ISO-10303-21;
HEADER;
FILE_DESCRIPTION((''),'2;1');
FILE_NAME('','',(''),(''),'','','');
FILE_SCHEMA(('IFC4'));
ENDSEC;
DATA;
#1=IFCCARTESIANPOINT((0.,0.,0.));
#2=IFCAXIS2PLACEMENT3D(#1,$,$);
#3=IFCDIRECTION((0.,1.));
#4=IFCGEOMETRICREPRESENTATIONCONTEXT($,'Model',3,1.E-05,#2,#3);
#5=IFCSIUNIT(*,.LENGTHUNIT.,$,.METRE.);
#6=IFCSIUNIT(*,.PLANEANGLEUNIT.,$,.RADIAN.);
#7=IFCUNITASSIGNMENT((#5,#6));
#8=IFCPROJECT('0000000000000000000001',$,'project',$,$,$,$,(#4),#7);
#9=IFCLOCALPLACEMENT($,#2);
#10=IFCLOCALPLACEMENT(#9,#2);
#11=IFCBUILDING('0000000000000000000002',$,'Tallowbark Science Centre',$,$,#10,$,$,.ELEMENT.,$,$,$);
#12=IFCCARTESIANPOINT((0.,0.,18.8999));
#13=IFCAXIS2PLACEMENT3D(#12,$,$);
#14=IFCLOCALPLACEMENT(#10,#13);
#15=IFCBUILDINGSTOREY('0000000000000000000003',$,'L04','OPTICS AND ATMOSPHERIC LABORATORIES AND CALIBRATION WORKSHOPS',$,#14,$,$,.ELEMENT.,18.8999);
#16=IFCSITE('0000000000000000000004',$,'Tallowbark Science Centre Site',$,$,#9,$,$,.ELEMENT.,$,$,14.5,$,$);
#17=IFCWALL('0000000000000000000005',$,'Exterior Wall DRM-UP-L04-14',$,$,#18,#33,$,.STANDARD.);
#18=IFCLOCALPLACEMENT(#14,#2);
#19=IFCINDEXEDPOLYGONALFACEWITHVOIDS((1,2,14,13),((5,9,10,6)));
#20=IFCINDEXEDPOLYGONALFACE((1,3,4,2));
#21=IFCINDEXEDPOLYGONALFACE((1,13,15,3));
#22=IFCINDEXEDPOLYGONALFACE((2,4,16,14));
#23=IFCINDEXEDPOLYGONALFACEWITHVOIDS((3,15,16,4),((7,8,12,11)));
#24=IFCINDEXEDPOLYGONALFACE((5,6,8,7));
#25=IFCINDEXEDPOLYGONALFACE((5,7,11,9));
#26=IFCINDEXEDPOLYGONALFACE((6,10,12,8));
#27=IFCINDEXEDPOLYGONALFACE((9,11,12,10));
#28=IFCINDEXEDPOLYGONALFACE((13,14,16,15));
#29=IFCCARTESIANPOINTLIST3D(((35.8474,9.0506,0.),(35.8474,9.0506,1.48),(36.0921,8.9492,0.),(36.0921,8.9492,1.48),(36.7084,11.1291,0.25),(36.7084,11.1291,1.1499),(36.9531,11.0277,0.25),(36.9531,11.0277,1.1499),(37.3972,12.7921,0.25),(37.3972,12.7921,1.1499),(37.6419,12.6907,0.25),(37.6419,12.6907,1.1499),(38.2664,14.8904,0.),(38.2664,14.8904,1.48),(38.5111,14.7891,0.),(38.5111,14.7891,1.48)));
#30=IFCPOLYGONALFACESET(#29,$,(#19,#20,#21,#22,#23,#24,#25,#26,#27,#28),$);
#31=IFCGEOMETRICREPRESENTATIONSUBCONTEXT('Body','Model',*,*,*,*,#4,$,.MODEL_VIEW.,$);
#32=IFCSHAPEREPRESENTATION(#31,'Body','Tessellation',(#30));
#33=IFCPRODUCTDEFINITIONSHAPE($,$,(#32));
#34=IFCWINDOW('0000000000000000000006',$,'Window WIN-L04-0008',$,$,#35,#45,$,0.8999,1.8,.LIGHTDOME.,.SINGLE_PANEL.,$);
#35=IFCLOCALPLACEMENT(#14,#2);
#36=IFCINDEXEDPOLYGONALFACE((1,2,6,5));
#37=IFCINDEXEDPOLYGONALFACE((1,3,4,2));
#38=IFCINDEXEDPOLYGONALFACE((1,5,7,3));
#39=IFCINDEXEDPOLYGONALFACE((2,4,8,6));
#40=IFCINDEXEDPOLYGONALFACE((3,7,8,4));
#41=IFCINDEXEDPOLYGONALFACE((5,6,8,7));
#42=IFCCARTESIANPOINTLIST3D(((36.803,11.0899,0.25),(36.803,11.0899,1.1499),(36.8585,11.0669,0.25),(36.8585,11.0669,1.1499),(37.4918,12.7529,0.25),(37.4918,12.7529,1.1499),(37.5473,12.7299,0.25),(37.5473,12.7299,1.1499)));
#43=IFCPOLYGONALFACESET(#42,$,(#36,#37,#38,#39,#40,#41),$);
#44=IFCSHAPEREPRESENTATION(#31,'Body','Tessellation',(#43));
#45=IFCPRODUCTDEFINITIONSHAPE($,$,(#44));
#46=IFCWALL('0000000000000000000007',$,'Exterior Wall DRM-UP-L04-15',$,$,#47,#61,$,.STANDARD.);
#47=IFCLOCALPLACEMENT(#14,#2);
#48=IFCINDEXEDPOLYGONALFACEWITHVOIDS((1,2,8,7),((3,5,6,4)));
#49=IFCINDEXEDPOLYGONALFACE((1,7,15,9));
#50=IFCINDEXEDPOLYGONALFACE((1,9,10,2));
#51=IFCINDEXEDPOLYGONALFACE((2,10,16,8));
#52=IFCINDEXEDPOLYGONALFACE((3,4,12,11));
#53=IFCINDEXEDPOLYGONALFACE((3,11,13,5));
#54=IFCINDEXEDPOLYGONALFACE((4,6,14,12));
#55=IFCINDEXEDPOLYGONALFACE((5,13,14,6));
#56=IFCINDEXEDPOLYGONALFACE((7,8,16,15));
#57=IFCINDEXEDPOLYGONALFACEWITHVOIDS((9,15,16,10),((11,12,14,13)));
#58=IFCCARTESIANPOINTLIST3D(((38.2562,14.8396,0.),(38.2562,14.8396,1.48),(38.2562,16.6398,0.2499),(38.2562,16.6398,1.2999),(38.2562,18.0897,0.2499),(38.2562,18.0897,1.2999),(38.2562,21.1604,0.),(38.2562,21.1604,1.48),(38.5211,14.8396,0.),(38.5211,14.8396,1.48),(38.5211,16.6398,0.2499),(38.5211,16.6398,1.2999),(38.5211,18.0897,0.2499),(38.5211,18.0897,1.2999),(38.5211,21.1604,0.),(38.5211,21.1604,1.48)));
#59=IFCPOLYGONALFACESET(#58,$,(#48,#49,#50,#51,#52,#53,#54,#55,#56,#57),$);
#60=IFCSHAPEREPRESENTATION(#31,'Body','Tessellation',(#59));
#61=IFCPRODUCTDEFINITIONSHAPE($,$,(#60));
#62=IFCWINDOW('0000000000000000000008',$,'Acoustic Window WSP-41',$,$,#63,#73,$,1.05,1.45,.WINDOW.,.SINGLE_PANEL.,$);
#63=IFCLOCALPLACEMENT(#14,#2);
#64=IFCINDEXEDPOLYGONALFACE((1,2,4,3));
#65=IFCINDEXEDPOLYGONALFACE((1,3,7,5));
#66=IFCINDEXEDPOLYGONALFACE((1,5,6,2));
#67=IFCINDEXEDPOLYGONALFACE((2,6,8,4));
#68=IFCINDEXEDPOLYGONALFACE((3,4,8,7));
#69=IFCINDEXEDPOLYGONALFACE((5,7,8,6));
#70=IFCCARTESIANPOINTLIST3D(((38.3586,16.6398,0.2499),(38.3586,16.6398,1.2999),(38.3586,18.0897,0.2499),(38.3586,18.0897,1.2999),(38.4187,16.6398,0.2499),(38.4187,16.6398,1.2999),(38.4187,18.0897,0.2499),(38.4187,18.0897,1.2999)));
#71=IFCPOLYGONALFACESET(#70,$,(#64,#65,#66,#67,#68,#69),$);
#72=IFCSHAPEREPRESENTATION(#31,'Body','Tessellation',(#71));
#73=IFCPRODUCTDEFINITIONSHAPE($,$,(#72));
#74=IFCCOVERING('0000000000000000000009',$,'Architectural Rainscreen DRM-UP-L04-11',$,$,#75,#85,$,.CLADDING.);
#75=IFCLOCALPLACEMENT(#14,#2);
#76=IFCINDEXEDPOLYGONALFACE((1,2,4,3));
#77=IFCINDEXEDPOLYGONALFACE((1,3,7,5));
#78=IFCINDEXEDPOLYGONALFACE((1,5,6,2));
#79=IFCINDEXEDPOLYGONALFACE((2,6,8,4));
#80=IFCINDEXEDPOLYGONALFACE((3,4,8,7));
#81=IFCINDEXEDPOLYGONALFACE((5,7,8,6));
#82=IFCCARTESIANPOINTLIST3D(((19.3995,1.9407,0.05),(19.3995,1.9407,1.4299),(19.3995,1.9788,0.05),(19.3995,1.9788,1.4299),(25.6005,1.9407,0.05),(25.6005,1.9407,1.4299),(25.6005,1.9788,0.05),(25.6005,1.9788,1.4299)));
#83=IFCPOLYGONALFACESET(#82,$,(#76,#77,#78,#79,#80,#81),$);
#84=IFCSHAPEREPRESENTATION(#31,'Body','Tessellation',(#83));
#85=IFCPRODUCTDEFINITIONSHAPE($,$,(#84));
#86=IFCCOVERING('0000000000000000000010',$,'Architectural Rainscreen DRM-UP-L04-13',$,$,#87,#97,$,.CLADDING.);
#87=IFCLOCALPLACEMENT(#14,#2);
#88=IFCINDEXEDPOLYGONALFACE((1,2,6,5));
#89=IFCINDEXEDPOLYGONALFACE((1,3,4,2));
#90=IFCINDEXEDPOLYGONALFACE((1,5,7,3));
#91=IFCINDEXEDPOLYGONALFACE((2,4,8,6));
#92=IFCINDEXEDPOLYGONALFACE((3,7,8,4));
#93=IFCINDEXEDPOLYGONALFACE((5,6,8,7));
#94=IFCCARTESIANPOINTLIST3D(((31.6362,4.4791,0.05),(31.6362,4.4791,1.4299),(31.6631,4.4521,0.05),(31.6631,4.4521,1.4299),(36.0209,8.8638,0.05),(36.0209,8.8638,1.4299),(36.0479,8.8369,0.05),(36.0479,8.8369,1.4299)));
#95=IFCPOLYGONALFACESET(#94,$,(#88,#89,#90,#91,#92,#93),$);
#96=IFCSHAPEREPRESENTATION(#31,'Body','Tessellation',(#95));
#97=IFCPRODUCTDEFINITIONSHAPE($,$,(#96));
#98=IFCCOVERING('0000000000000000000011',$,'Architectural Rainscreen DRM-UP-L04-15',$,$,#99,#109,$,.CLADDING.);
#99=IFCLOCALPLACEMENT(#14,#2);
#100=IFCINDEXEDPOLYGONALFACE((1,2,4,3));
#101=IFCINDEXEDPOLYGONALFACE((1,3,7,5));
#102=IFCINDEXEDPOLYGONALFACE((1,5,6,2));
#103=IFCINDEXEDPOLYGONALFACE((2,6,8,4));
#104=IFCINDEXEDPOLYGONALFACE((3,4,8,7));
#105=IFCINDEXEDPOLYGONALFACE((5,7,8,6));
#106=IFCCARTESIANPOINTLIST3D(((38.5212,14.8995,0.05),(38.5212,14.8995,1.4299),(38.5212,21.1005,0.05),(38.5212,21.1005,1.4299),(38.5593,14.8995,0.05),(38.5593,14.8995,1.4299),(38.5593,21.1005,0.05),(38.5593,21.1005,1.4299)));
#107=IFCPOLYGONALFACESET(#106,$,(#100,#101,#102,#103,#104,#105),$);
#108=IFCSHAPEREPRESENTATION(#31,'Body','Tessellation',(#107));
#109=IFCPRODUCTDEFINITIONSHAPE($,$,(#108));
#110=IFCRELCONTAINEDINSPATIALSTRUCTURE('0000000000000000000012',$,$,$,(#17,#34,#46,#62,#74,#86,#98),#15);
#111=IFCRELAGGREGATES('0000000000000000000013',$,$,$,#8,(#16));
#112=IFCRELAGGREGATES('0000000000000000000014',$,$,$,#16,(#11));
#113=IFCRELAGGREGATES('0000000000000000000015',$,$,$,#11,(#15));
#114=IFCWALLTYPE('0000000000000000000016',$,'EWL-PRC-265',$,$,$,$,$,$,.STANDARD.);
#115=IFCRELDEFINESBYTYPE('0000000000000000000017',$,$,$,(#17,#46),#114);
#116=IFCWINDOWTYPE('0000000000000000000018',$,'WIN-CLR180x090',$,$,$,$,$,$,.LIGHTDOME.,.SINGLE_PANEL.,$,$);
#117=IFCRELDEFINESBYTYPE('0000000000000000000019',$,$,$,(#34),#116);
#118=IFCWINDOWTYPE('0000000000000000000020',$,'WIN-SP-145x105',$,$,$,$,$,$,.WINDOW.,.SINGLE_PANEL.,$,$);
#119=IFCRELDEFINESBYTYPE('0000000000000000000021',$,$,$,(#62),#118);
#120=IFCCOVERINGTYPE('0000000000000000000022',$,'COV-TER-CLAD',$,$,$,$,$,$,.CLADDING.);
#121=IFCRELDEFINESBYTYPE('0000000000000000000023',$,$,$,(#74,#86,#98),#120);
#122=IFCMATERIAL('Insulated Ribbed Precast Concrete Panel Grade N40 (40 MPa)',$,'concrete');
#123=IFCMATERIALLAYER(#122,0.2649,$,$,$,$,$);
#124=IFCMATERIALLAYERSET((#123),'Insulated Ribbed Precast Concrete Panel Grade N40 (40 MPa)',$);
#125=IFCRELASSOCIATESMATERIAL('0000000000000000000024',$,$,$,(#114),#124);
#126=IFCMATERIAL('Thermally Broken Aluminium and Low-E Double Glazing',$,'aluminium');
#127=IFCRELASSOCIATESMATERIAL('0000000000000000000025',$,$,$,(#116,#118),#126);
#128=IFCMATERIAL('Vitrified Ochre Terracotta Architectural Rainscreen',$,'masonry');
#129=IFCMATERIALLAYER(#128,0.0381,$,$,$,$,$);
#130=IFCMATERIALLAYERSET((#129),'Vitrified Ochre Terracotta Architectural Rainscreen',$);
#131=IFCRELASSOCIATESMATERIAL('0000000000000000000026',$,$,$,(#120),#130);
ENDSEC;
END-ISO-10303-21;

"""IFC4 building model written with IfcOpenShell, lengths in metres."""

from ifc_helpers import new_model, si_unit, direction, frame, frame_2d, origin, origin_2d, place, context, subcontext, project, spatial, rectangle, extrude, material, layer, layer_set, type_object, element, fill, save


model = new_model("IFC4")

# Units and contexts
model_context = context("Model", 3, precision=1e-05, world=origin(), true_north=direction((0.0, 1.0)))
body_context = subcontext(model_context, "Body", "Model", "MODEL_VIEW")
ifc_project = project(units=[si_unit("LENGTHUNIT", "METRE"), si_unit("PLANEANGLEUNIT", "RADIAN")], contexts=[model_context])

# Site, building, storey
site_placement = place(None, origin())
site = spatial("IfcSite", under=ifc_project, at=site_placement, Name="Tallowbark Science Centre Site", CompositionType="ELEMENT", RefElevation=14.5)
building_placement = place(site_placement, origin())
building = spatial("IfcBuilding", under=site, at=building_placement, Name="Tallowbark Science Centre", CompositionType="ELEMENT")
storey_placement = place(building_placement, frame((0.0, 0.0, 18.8999)))
storey = spatial("IfcBuildingStorey", under=building, at=storey_placement, Name="L04", Description="OPTICS AND ATMOSPHERIC LABORATORIES AND CALIBRATION WORKSHOPS", CompositionType="ELEMENT", Elevation=18.8999)

# Walls, openings, windows
ifc_material_1 = material(Name="Insulated Ribbed Precast Concrete Panel Grade N40 (40 MPa)", Category="concrete")
ifc_layer_1 = layer(ifc_material_1, 0.2649)
ifc_layer_set_1 = layer_set([ifc_layer_1], Name="Insulated Ribbed Precast Concrete Panel Grade N40 (40 MPa)")
wall_type = type_object("IfcWallType", Name="EWL-PRC-265", PredefinedType="STANDARD", material=ifc_layer_set_1)
ifc_material_2 = material(Name="Thermally Broken Aluminium and Low-E Double Glazing", Category="aluminium")
window_type_1 = type_object("IfcWindowType", Name="WIN-CLR180x090", PartitioningType="SINGLE_PANEL", PredefinedType="LIGHTDOME", material=ifc_material_2)
wall_1_placement = place(storey_placement, frame((35.9697, 8.9998, 0.0), z_axis=(0.0, 0.0, 1.0), x_axis=(0.382684, 0.923879, 0.0)))
wall_1 = element("IfcWall", 1, at=wall_1_placement, inside=storey, type_object=wall_type, Name="Exterior Wall DRM-UP-L04-14", PredefinedType="STANDARD", context=body_context, shape_type="SweptSolid", body=[
    extrude(rectangle(XDim=6.321, YDim=0.2649, at=frame_2d((3.1606, 0.0))), origin(), (0.0, 0.0, 1.0), 1.48),
])
opening_1_placement = place(wall_1_placement, frame((2.25, 0.0, 0.25)))
opening_1 = element("IfcOpeningElement", 2, at=opening_1_placement, cuts=wall_1, PredefinedType="OPENING", context=body_context, shape_type="SweptSolid", body=[
    extrude(rectangle(XDim=1.8, YDim=0.8999, at=frame_2d((0.8999, 0.45))), frame((0.0, 0.1426, 0.0), z_axis=(0.0, -1.0, 0.0), x_axis=(1.0, 0.0, 0.0)), (0.0, 0.0, 1.0), 0.2849),
])
window_1_placement = place(opening_1_placement, origin())
window_1 = element("IfcWindow", 3, at=window_1_placement, inside=storey, type_object=window_type_1, Name="Window WIN-L04-0008", OverallHeight=0.8999, OverallWidth=1.8, PartitioningType="SINGLE_PANEL", PredefinedType="LIGHTDOME", context=body_context, shape_type="SweptSolid", body=[
    extrude(rectangle(XDim=1.8, YDim=0.8999, at=frame_2d((0.8999, 0.45))), frame((0.0, 0.03, 0.0), z_axis=(0.0, -1.0, 0.0), x_axis=(1.0, 0.0, 0.0)), (0.0, 0.0, 1.0), 0.0601),
])
fill(opening_1, window_1)
wall_2_placement = place(storey_placement, frame((38.3887, 14.8396, 0.0), z_axis=(0.0, 0.0, 1.0), x_axis=(0.0, 1.0, 0.0)))
wall_2 = element("IfcWall", 4, at=wall_2_placement, inside=storey, type_object=wall_type, Name="Exterior Wall DRM-UP-L04-15", PredefinedType="STANDARD", context=body_context, shape_type="SweptSolid", body=[
    extrude(rectangle(XDim=6.3208, YDim=0.2649, at=frame_2d((3.1604, 0.0))), origin(), (0.0, 0.0, 1.0), 1.48),
])
opening_2_placement = place(wall_2_placement, frame((1.8, 0.0, 0.25)))
opening_2 = element("IfcOpeningElement", 5, at=opening_2_placement, cuts=wall_2, PredefinedType="OPENING", context=body_context, shape_type="SweptSolid", body=[
    extrude(rectangle(XDim=1.45, YDim=1.05, at=frame_2d((0.7251, 0.5249))), frame((0.0, 0.1426, 0.0), z_axis=(0.0, -1.0, 0.0), x_axis=(1.0, 0.0, 0.0)), (0.0, 0.0, 1.0), 0.2849),
])
window_type_2 = type_object("IfcWindowType", Name="WIN-SP-145x105", PartitioningType="SINGLE_PANEL", PredefinedType="WINDOW", material=ifc_material_2)
window_2_placement = place(opening_2_placement, origin())
window_2 = element("IfcWindow", 6, at=window_2_placement, inside=storey, type_object=window_type_2, Name="Acoustic Window WSP-41", OverallHeight=1.05, OverallWidth=1.45, PartitioningType="SINGLE_PANEL", PredefinedType="WINDOW", context=body_context, shape_type="SweptSolid", body=[
    extrude(rectangle(XDim=1.45, YDim=1.05, at=frame_2d((0.7251, 0.5249))), frame((0.0, 0.03, 0.0), z_axis=(0.0, -1.0, 0.0), x_axis=(1.0, 0.0, 0.0)), (0.0, 0.0, 1.0), 0.0601),
])
fill(opening_2, window_2)

# Coverings
ifc_material_3 = material(Name="Vitrified Ochre Terracotta Architectural Rainscreen", Category="masonry")
ifc_layer_2 = layer(ifc_material_3, 0.0381)
ifc_layer_set_2 = layer_set([ifc_layer_2], Name="Vitrified Ochre Terracotta Architectural Rainscreen")
covering_type = type_object("IfcCoveringType", Name="COV-TER-CLAD", PredefinedType="CLADDING", material=ifc_layer_set_2)
for number, where, z_axis, x_axis, name in (
    (7, (22.5, 1.9597, 0.05), (0.0, 0.0, 1.0), (1.0, 0.0, 0.0), "Architectural Rainscreen DRM-UP-L04-11"),
    (8, (33.842, 6.658, 0.05), (0.0, 0.0, 1.0), (0.707107, 0.707107, 0.0), "Architectural Rainscreen DRM-UP-L04-13"),
    (9, (38.5403, 18.0, 0.05), (0.0, 0.0, 1.0), (0.0, 1.0, 0.0), "Architectural Rainscreen DRM-UP-L04-15"),
):
    element("IfcCovering", number, at=place(storey_placement, frame(where, z_axis=z_axis, x_axis=x_axis)), inside=storey, type_object=covering_type, Name=name, PredefinedType="CLADDING", context=body_context, shape_type="SweptSolid", body=[
        extrude(rectangle(XDim=6.2009, YDim=0.0381, at=origin_2d()), origin(), (0.0, 0.0, 1.0), 1.3799),
    ])

save(model, "model.ifc")
